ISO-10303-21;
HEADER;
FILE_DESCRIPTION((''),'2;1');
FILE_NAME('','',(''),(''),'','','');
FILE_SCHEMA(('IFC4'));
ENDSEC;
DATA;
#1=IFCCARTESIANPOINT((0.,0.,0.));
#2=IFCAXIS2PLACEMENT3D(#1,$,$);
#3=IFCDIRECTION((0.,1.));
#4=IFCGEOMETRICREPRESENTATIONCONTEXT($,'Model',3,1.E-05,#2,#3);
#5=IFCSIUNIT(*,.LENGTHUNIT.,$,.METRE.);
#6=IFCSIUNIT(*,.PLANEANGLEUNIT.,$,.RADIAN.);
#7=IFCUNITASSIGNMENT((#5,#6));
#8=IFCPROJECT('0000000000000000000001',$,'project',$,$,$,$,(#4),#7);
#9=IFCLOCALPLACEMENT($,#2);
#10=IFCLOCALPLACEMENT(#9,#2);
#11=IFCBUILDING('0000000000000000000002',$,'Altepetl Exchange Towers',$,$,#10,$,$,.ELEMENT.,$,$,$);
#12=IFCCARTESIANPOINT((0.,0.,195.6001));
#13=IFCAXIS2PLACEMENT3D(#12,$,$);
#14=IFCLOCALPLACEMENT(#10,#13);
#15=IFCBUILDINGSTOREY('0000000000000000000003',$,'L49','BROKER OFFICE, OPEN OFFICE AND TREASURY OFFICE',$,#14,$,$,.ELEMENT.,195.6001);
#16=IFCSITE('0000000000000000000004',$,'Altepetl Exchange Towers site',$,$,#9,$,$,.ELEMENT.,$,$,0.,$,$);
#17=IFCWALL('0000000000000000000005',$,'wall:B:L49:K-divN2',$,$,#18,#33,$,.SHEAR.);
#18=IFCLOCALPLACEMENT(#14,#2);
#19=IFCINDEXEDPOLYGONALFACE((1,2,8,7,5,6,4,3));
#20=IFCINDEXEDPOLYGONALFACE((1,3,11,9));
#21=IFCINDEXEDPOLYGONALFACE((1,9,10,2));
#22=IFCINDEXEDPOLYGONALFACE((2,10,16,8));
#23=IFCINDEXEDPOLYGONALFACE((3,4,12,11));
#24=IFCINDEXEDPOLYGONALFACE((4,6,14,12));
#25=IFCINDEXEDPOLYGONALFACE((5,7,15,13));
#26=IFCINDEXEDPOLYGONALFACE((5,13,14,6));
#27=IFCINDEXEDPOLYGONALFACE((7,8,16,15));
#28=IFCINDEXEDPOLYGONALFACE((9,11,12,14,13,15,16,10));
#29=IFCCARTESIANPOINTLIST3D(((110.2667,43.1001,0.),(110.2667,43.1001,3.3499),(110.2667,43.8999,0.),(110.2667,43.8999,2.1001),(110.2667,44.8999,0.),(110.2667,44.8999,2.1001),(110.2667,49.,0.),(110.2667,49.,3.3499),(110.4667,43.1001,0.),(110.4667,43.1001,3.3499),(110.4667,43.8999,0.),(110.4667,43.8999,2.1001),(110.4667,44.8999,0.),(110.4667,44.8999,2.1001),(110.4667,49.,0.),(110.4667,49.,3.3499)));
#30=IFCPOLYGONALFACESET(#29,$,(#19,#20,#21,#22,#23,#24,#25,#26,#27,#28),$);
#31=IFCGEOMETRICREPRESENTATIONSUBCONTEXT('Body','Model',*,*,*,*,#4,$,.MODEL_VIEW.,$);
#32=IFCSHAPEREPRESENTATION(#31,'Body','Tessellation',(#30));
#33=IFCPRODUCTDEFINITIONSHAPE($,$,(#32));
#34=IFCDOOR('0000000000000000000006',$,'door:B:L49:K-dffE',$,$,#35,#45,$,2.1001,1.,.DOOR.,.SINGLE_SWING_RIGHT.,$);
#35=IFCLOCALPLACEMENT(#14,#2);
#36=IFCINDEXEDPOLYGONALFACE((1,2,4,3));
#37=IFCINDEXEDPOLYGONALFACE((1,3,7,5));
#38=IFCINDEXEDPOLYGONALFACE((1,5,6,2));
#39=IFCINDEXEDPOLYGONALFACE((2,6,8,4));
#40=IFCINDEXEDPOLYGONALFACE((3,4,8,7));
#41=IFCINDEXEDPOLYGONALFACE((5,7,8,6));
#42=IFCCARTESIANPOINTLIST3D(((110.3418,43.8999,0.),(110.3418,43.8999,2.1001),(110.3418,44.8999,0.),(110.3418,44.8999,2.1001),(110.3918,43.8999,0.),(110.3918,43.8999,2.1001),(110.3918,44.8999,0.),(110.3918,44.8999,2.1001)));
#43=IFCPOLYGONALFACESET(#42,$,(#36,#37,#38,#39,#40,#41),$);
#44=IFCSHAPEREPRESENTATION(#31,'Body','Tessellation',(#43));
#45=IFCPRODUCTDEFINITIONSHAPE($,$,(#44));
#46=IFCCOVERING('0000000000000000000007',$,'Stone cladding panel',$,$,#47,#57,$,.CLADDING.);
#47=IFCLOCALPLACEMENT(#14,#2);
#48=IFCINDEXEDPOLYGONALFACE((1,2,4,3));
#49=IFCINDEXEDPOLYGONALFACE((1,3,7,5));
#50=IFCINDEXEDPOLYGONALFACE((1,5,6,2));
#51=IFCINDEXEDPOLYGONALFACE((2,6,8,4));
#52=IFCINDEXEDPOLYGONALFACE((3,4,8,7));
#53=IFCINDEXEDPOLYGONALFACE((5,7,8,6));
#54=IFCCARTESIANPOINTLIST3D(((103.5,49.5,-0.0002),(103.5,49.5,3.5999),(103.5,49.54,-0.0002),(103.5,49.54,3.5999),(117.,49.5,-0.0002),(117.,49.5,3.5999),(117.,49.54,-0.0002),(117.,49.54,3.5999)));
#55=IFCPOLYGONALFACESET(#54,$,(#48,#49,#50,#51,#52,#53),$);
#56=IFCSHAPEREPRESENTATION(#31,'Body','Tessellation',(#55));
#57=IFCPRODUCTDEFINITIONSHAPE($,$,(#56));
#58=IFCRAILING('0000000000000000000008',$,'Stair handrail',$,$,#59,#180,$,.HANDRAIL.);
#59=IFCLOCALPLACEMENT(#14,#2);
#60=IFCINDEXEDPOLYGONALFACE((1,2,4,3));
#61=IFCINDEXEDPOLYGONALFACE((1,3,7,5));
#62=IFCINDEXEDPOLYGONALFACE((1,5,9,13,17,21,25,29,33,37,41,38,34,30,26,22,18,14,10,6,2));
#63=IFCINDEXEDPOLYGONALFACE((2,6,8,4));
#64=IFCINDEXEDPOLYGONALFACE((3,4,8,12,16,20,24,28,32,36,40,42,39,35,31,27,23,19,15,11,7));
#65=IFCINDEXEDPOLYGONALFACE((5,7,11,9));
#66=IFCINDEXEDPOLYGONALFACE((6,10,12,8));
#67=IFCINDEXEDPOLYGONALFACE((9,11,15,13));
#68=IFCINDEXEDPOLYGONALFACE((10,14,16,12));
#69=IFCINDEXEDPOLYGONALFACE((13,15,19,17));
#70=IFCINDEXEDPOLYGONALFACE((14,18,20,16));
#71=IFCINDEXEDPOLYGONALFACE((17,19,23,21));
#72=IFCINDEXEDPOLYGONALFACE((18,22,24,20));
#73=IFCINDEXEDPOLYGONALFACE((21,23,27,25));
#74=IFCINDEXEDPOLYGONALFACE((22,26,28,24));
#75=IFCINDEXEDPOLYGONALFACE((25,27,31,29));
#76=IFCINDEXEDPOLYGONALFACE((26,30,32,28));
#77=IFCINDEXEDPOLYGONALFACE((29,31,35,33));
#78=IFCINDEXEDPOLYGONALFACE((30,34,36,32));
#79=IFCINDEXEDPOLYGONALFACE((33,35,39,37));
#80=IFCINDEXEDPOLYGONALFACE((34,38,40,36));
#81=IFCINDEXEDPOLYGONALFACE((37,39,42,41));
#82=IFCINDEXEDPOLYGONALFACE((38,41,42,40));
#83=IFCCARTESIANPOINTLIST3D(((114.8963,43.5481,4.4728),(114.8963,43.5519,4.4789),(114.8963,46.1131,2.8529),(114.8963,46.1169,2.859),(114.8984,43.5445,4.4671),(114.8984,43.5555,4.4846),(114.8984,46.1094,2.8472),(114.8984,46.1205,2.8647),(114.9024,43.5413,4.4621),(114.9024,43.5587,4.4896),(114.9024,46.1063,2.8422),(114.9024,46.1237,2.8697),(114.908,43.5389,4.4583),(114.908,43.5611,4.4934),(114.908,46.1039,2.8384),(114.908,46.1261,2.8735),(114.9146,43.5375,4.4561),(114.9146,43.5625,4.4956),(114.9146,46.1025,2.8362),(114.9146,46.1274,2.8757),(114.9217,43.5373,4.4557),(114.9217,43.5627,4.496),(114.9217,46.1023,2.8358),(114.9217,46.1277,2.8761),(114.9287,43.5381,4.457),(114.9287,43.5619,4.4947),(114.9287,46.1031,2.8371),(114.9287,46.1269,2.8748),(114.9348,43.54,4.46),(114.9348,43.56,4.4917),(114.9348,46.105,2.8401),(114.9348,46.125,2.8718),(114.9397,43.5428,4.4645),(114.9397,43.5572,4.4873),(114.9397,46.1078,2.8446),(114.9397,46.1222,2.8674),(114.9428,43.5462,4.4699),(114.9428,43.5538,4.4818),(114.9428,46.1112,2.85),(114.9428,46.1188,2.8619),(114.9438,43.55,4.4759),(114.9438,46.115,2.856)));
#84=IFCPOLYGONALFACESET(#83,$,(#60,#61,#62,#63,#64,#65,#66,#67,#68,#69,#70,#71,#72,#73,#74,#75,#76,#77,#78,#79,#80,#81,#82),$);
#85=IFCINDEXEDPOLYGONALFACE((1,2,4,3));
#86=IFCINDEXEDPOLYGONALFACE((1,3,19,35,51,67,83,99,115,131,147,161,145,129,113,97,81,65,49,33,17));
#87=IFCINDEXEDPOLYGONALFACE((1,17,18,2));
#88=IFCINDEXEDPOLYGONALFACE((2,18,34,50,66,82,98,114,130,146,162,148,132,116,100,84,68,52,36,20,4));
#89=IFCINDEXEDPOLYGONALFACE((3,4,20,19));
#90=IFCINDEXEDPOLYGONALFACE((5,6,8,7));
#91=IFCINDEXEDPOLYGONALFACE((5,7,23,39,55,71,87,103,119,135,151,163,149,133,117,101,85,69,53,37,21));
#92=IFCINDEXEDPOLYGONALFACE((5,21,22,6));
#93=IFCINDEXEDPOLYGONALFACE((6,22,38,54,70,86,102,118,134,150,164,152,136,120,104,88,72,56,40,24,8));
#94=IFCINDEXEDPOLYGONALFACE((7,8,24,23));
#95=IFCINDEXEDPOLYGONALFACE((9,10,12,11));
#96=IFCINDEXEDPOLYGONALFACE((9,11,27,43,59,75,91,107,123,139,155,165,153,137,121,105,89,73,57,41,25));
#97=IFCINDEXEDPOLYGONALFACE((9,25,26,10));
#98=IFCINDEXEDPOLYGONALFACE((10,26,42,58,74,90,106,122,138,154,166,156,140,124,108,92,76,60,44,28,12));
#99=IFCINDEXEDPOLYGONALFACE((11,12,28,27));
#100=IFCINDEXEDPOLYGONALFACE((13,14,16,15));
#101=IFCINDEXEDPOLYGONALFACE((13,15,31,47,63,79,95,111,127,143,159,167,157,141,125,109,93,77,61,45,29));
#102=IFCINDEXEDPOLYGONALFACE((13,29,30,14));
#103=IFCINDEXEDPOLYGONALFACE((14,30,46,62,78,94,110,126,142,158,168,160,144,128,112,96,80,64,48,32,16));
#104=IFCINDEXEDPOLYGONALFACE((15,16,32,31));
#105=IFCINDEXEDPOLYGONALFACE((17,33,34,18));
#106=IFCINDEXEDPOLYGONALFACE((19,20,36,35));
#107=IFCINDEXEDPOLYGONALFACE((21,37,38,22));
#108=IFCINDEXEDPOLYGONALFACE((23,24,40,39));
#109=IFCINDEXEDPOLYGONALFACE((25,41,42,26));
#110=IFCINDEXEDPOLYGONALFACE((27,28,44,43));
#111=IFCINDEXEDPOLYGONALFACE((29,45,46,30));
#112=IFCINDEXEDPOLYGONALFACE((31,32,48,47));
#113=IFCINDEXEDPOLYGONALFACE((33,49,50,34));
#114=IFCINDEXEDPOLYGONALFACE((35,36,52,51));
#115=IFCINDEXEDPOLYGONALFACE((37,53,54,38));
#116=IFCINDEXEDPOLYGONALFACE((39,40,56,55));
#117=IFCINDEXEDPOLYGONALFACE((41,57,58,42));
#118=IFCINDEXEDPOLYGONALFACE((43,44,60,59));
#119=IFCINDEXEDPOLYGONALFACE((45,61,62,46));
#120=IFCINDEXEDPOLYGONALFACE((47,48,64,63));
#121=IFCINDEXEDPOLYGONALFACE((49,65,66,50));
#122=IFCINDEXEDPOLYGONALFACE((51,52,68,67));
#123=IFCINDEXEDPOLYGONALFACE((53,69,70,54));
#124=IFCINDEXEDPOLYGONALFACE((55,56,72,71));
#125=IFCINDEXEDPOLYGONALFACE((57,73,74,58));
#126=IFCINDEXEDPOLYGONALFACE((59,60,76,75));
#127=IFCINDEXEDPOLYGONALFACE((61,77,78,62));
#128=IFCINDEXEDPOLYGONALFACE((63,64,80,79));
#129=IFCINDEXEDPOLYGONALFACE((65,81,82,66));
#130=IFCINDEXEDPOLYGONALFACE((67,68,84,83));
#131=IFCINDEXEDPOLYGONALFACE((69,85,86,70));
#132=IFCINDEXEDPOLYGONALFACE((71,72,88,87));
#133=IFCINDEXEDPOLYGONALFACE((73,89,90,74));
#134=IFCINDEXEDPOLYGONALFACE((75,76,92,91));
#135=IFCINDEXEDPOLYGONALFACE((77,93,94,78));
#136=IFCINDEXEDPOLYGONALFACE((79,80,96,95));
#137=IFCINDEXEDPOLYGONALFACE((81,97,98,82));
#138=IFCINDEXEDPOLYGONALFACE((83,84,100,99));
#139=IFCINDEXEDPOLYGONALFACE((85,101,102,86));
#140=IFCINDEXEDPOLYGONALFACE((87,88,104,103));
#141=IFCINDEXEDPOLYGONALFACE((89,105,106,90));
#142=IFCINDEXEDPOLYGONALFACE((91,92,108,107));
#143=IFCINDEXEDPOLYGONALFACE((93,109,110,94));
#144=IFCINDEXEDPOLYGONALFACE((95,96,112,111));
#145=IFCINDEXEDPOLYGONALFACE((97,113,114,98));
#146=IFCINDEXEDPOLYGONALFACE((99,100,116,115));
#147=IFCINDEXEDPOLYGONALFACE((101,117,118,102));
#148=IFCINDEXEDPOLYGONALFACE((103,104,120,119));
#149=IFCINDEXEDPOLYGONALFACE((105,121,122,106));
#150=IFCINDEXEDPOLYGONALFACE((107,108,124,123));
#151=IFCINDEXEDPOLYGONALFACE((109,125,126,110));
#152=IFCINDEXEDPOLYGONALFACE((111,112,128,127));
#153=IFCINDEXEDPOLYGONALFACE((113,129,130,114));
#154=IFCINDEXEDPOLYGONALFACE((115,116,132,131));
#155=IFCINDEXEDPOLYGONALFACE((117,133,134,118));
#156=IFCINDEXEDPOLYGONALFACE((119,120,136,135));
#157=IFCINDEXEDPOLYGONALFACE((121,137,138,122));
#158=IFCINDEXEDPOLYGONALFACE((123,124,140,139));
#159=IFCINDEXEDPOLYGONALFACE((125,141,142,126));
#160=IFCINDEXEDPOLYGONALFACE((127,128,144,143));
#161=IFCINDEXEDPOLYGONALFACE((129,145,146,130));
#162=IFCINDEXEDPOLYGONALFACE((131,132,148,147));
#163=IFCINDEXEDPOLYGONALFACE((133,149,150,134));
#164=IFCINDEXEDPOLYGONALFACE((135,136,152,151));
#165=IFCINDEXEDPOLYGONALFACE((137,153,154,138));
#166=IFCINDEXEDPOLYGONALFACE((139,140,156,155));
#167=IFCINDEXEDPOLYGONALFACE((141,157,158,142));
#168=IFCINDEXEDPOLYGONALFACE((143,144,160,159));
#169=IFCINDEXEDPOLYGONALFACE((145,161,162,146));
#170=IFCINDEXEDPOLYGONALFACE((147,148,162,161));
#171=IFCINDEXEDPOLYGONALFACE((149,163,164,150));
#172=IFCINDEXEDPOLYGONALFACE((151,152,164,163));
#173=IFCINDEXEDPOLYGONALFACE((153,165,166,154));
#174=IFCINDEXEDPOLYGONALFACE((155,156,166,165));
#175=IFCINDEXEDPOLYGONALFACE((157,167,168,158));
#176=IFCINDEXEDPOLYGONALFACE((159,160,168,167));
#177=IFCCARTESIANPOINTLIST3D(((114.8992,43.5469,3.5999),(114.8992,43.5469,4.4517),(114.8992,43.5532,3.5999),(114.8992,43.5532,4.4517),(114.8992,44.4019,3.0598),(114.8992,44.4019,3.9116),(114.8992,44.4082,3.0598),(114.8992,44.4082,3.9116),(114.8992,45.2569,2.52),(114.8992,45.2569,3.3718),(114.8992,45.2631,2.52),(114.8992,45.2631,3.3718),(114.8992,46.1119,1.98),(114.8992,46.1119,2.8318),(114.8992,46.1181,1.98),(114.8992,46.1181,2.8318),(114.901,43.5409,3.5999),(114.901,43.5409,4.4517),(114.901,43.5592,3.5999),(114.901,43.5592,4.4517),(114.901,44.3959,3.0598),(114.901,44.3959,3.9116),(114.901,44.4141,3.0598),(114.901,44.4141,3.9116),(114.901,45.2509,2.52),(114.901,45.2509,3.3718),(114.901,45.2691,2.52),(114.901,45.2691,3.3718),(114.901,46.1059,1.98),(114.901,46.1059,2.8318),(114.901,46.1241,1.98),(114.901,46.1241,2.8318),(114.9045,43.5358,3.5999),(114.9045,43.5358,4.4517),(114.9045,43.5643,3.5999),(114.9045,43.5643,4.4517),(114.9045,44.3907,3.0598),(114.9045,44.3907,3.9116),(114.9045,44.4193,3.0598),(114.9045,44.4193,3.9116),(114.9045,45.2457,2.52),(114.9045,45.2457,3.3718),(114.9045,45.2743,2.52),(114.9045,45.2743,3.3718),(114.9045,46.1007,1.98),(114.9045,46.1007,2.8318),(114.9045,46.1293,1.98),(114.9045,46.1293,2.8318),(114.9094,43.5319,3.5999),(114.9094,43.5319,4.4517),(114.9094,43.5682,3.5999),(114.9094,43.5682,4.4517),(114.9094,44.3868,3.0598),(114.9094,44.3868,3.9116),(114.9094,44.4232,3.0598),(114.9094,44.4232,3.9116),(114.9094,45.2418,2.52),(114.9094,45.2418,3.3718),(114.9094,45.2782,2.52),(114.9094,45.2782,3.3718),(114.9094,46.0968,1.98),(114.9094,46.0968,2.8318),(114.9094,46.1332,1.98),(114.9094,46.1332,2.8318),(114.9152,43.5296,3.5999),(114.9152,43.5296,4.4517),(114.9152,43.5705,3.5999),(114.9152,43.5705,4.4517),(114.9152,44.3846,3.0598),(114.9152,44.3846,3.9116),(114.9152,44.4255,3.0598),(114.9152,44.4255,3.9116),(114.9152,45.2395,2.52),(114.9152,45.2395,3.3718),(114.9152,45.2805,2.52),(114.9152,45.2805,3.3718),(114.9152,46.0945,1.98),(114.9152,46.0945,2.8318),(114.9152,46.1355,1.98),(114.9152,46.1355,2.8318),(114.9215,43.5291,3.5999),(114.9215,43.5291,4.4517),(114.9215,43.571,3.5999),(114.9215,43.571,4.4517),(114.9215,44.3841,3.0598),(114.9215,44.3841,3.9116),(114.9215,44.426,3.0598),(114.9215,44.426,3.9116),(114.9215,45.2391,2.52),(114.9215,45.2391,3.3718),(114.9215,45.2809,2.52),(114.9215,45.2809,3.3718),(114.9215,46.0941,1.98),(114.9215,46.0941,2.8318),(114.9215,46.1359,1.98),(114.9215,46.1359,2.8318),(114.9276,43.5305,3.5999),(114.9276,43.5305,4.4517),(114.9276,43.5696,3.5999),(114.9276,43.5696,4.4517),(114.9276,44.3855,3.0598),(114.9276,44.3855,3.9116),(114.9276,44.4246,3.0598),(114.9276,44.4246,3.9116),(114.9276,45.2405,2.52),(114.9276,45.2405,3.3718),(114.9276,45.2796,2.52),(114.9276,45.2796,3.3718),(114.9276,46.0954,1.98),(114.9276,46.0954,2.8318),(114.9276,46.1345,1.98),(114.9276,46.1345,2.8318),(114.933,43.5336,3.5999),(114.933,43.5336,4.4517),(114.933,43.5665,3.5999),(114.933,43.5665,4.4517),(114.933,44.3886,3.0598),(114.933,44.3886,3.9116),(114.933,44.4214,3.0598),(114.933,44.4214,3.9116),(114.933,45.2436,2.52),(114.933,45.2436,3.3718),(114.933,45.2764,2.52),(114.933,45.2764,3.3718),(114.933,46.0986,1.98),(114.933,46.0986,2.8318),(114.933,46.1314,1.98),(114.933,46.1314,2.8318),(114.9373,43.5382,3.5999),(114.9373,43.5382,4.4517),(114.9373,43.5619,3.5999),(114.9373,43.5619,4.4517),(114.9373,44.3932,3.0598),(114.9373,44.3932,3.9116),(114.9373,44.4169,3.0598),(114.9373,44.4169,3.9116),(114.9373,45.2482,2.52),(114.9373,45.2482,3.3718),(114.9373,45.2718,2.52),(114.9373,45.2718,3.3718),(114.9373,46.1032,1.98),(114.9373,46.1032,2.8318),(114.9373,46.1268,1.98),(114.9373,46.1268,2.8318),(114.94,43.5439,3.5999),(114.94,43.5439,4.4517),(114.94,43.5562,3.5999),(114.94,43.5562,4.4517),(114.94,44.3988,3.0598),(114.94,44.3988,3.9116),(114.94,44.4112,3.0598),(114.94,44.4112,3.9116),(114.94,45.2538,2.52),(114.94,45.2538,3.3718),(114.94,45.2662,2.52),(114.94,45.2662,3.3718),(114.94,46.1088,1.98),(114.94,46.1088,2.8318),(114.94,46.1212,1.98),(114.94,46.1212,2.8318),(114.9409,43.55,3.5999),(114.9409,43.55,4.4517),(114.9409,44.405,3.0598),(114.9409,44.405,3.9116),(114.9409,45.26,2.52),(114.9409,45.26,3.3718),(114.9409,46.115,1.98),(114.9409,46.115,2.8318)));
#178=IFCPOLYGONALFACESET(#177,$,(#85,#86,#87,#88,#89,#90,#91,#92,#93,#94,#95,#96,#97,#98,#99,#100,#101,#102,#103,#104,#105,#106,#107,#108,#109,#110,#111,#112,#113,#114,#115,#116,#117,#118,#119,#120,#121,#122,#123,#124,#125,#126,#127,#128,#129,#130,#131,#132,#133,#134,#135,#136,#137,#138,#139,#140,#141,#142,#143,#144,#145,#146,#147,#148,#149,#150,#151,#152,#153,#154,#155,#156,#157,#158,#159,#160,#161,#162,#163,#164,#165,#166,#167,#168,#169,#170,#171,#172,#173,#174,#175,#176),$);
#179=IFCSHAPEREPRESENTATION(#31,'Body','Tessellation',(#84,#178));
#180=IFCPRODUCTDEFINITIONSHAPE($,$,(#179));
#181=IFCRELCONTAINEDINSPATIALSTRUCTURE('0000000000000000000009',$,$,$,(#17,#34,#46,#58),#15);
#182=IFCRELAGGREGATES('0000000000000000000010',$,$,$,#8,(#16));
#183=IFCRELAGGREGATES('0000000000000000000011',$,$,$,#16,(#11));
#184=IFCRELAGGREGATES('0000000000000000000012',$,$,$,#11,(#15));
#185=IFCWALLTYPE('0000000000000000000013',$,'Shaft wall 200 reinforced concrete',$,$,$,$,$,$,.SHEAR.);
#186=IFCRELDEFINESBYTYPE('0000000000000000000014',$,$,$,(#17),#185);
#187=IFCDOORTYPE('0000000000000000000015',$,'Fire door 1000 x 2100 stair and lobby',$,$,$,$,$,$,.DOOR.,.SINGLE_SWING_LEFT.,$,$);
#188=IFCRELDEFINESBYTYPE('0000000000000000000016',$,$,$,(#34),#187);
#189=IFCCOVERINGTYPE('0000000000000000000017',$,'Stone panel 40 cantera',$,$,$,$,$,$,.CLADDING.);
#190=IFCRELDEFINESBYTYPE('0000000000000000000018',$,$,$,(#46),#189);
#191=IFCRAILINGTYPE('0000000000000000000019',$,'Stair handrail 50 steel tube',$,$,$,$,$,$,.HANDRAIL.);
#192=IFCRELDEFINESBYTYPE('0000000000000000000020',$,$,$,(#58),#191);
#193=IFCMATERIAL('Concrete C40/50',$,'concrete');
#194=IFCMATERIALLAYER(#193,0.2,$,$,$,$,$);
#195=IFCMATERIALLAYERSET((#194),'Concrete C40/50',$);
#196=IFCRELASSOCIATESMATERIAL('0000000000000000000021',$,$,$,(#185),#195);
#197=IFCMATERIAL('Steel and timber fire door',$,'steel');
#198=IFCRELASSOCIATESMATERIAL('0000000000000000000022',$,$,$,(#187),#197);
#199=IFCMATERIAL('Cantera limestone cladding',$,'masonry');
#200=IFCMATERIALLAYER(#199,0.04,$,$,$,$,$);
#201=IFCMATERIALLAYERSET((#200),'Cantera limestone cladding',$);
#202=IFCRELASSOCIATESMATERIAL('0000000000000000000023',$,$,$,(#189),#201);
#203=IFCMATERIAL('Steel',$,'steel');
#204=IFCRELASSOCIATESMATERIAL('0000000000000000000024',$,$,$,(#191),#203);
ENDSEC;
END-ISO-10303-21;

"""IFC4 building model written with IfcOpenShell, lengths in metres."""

from ifc_helpers import new_model, si_unit, direction, frame, frame_2d, origin, origin_2d, place, context, subcontext, project, spatial, rectangle, circle, extrude, source, transform, mapped, material, layer, layer_set, type_object, element, fill, save


model = new_model("IFC4")

# Units and contexts
model_context = context("Model", 3, precision=1e-05, world=origin(), true_north=direction((0.0, 1.0)))
body_context = subcontext(model_context, "Body", "Model", "MODEL_VIEW")
ifc_project = project(units=[si_unit("LENGTHUNIT", "METRE"), si_unit("PLANEANGLEUNIT", "RADIAN")], contexts=[model_context])

# Site, building, storey
site_placement = place(None, origin())
site = spatial("IfcSite", under=ifc_project, at=site_placement, Name="Altepetl Exchange Towers site", CompositionType="ELEMENT", RefElevation=0.0)
building_placement = place(site_placement, origin())
building = spatial("IfcBuilding", under=site, at=building_placement, Name="Altepetl Exchange Towers", CompositionType="ELEMENT")
storey_placement = place(building_placement, frame((0.0, 0.0, 195.6001)))
storey = spatial("IfcBuildingStorey", under=building, at=storey_placement, Name="L49", Description="BROKER OFFICE, OPEN OFFICE AND TREASURY OFFICE", CompositionType="ELEMENT", Elevation=195.6001)

# Shared definitions
ifc_material_1 = material(Name="Concrete C40/50", Category="concrete")
ifc_layer_1 = layer(ifc_material_1, 0.2)
ifc_layer_set_1 = layer_set([ifc_layer_1], Name="Concrete C40/50")
wall_type_1 = type_object("IfcWallType", Name="Shaft wall 200 reinforced concrete", PredefinedType="SHEAR", material=ifc_layer_set_1)

# Wall, opening, door
wall_1_placement = place(storey_placement, frame((110.3667, 49.0, 0.0), z_axis=(0.0, 0.0, 1.0), x_axis=(0.0, -1.0, 0.0)))
wall_1 = element("IfcWall", 1, at=wall_1_placement, inside=storey, type_object=wall_type_1, Name="wall:B:L49:K-divN2", PredefinedType="SHEAR", context=body_context, shape_type="SweptSolid", body=[
    extrude(rectangle(XDim=5.8999, YDim=0.2, at=frame_2d((2.95, 0.0))), origin(), (0.0, 0.0, 1.0), 3.3499),
])
opening_placement = place(wall_1_placement, frame((4.1001, 0.0, 0.0)))
opening = element("IfcOpeningElement", 2, at=opening_placement, cuts=wall_1, PredefinedType="OPENING", context=body_context, shape_type="SweptSolid", body=[
    extrude(rectangle(XDim=1.0, YDim=2.1001, at=frame_2d((0.5, 1.05))), frame((0.0, 0.1099, 0.0), z_axis=(0.0, -1.0, 0.0), x_axis=(1.0, 0.0, 0.0)), (0.0, 0.0, 1.0), 0.22),
])
ifc_material_2 = material(Name="Steel and timber fire door", Category="steel")
door_type = type_object("IfcDoorType", Name="Fire door 1000 x 2100 stair and lobby", OperationType="SINGLE_SWING_LEFT", PredefinedType="DOOR", material=ifc_material_2)
door_placement = place(opening_placement, frame((1.0, 0.0, 0.0), x_axis=(-1.0, 0.0, 0.0)))
door = element("IfcDoor", 3, at=door_placement, inside=storey, type_object=door_type, Name="door:B:L49:K-dffE", OperationType="SINGLE_SWING_RIGHT", OverallHeight=2.1001, OverallWidth=1.0, PredefinedType="DOOR", context=body_context, shape_type="SweptSolid", body=[
    extrude(rectangle(XDim=1.0, YDim=2.1001, at=frame_2d((0.5, 1.05))), frame((0.0, 0.0249, 0.0), z_axis=(0.0, -1.0, 0.0), x_axis=(1.0, 0.0, 0.0)), (0.0, 0.0, 1.0), 0.05),
])
fill(opening, door)

# Covering
ifc_material_3 = material(Name="Cantera limestone cladding", Category="masonry")
ifc_layer_2 = layer(ifc_material_3, 0.04)
ifc_layer_set_2 = layer_set([ifc_layer_2], Name="Cantera limestone cladding")
covering_type = type_object("IfcCoveringType", Name="Stone panel 40 cantera", PredefinedType="CLADDING", material=ifc_layer_set_2)
covering_placement = place(storey_placement, frame((110.25, 49.52, -0.0002), z_axis=(0.0, 0.0, 1.0), x_axis=(-1.0, 0.0, 0.0)))
element("IfcCovering", 4, at=covering_placement, inside=storey, type_object=covering_type, Name="Stone cladding panel", PredefinedType="CLADDING", context=body_context, shape_type="SweptSolid", body=[
    extrude(rectangle(XDim=13.5, YDim=0.04, at=origin_2d()), origin(), (0.0, 0.0, 1.0), 3.6001),
])

# Railing
ifc_material_4 = material(Name="Steel", Category="steel")
railing_type = type_object("IfcRailingType", Name="Stair handrail 50 steel tube", PredefinedType="HANDRAIL", material=ifc_material_4)
shared_shape = source(origin(), body_context, "Body", "SweptSolid", [
    extrude(circle(Radius=0.021, at=origin_2d()), origin(), (0.0, 0.0, 1.0), 0.8518),
])
railing_placement = place(storey_placement, frame((114.9199, 46.115, 1.98)))
element("IfcRailing", 5, at=railing_placement, inside=storey, type_object=railing_type, Name="Stair handrail", PredefinedType="HANDRAIL", context=body_context, shape_type="SweptSolid", body=[
    extrude(circle(Radius=0.0239, at=origin_2d()), frame((0.0, 0.0, 0.876), z_axis=(0.0, -0.845502, 0.533972), x_axis=(1.0, 0.0, 0.0)), (0.0, 0.0, 1.0), 3.0337),
    mapped(shared_shape, transform((0.0, 0.0, 0.0))),
    mapped(shared_shape, transform((0.0, -0.855, 0.54))),
    mapped(shared_shape, transform((0.0, -1.71, 1.0798))),
    mapped(shared_shape, transform((0.0, -2.5649, 1.6199))),
])

save(model, "model.ifc")
